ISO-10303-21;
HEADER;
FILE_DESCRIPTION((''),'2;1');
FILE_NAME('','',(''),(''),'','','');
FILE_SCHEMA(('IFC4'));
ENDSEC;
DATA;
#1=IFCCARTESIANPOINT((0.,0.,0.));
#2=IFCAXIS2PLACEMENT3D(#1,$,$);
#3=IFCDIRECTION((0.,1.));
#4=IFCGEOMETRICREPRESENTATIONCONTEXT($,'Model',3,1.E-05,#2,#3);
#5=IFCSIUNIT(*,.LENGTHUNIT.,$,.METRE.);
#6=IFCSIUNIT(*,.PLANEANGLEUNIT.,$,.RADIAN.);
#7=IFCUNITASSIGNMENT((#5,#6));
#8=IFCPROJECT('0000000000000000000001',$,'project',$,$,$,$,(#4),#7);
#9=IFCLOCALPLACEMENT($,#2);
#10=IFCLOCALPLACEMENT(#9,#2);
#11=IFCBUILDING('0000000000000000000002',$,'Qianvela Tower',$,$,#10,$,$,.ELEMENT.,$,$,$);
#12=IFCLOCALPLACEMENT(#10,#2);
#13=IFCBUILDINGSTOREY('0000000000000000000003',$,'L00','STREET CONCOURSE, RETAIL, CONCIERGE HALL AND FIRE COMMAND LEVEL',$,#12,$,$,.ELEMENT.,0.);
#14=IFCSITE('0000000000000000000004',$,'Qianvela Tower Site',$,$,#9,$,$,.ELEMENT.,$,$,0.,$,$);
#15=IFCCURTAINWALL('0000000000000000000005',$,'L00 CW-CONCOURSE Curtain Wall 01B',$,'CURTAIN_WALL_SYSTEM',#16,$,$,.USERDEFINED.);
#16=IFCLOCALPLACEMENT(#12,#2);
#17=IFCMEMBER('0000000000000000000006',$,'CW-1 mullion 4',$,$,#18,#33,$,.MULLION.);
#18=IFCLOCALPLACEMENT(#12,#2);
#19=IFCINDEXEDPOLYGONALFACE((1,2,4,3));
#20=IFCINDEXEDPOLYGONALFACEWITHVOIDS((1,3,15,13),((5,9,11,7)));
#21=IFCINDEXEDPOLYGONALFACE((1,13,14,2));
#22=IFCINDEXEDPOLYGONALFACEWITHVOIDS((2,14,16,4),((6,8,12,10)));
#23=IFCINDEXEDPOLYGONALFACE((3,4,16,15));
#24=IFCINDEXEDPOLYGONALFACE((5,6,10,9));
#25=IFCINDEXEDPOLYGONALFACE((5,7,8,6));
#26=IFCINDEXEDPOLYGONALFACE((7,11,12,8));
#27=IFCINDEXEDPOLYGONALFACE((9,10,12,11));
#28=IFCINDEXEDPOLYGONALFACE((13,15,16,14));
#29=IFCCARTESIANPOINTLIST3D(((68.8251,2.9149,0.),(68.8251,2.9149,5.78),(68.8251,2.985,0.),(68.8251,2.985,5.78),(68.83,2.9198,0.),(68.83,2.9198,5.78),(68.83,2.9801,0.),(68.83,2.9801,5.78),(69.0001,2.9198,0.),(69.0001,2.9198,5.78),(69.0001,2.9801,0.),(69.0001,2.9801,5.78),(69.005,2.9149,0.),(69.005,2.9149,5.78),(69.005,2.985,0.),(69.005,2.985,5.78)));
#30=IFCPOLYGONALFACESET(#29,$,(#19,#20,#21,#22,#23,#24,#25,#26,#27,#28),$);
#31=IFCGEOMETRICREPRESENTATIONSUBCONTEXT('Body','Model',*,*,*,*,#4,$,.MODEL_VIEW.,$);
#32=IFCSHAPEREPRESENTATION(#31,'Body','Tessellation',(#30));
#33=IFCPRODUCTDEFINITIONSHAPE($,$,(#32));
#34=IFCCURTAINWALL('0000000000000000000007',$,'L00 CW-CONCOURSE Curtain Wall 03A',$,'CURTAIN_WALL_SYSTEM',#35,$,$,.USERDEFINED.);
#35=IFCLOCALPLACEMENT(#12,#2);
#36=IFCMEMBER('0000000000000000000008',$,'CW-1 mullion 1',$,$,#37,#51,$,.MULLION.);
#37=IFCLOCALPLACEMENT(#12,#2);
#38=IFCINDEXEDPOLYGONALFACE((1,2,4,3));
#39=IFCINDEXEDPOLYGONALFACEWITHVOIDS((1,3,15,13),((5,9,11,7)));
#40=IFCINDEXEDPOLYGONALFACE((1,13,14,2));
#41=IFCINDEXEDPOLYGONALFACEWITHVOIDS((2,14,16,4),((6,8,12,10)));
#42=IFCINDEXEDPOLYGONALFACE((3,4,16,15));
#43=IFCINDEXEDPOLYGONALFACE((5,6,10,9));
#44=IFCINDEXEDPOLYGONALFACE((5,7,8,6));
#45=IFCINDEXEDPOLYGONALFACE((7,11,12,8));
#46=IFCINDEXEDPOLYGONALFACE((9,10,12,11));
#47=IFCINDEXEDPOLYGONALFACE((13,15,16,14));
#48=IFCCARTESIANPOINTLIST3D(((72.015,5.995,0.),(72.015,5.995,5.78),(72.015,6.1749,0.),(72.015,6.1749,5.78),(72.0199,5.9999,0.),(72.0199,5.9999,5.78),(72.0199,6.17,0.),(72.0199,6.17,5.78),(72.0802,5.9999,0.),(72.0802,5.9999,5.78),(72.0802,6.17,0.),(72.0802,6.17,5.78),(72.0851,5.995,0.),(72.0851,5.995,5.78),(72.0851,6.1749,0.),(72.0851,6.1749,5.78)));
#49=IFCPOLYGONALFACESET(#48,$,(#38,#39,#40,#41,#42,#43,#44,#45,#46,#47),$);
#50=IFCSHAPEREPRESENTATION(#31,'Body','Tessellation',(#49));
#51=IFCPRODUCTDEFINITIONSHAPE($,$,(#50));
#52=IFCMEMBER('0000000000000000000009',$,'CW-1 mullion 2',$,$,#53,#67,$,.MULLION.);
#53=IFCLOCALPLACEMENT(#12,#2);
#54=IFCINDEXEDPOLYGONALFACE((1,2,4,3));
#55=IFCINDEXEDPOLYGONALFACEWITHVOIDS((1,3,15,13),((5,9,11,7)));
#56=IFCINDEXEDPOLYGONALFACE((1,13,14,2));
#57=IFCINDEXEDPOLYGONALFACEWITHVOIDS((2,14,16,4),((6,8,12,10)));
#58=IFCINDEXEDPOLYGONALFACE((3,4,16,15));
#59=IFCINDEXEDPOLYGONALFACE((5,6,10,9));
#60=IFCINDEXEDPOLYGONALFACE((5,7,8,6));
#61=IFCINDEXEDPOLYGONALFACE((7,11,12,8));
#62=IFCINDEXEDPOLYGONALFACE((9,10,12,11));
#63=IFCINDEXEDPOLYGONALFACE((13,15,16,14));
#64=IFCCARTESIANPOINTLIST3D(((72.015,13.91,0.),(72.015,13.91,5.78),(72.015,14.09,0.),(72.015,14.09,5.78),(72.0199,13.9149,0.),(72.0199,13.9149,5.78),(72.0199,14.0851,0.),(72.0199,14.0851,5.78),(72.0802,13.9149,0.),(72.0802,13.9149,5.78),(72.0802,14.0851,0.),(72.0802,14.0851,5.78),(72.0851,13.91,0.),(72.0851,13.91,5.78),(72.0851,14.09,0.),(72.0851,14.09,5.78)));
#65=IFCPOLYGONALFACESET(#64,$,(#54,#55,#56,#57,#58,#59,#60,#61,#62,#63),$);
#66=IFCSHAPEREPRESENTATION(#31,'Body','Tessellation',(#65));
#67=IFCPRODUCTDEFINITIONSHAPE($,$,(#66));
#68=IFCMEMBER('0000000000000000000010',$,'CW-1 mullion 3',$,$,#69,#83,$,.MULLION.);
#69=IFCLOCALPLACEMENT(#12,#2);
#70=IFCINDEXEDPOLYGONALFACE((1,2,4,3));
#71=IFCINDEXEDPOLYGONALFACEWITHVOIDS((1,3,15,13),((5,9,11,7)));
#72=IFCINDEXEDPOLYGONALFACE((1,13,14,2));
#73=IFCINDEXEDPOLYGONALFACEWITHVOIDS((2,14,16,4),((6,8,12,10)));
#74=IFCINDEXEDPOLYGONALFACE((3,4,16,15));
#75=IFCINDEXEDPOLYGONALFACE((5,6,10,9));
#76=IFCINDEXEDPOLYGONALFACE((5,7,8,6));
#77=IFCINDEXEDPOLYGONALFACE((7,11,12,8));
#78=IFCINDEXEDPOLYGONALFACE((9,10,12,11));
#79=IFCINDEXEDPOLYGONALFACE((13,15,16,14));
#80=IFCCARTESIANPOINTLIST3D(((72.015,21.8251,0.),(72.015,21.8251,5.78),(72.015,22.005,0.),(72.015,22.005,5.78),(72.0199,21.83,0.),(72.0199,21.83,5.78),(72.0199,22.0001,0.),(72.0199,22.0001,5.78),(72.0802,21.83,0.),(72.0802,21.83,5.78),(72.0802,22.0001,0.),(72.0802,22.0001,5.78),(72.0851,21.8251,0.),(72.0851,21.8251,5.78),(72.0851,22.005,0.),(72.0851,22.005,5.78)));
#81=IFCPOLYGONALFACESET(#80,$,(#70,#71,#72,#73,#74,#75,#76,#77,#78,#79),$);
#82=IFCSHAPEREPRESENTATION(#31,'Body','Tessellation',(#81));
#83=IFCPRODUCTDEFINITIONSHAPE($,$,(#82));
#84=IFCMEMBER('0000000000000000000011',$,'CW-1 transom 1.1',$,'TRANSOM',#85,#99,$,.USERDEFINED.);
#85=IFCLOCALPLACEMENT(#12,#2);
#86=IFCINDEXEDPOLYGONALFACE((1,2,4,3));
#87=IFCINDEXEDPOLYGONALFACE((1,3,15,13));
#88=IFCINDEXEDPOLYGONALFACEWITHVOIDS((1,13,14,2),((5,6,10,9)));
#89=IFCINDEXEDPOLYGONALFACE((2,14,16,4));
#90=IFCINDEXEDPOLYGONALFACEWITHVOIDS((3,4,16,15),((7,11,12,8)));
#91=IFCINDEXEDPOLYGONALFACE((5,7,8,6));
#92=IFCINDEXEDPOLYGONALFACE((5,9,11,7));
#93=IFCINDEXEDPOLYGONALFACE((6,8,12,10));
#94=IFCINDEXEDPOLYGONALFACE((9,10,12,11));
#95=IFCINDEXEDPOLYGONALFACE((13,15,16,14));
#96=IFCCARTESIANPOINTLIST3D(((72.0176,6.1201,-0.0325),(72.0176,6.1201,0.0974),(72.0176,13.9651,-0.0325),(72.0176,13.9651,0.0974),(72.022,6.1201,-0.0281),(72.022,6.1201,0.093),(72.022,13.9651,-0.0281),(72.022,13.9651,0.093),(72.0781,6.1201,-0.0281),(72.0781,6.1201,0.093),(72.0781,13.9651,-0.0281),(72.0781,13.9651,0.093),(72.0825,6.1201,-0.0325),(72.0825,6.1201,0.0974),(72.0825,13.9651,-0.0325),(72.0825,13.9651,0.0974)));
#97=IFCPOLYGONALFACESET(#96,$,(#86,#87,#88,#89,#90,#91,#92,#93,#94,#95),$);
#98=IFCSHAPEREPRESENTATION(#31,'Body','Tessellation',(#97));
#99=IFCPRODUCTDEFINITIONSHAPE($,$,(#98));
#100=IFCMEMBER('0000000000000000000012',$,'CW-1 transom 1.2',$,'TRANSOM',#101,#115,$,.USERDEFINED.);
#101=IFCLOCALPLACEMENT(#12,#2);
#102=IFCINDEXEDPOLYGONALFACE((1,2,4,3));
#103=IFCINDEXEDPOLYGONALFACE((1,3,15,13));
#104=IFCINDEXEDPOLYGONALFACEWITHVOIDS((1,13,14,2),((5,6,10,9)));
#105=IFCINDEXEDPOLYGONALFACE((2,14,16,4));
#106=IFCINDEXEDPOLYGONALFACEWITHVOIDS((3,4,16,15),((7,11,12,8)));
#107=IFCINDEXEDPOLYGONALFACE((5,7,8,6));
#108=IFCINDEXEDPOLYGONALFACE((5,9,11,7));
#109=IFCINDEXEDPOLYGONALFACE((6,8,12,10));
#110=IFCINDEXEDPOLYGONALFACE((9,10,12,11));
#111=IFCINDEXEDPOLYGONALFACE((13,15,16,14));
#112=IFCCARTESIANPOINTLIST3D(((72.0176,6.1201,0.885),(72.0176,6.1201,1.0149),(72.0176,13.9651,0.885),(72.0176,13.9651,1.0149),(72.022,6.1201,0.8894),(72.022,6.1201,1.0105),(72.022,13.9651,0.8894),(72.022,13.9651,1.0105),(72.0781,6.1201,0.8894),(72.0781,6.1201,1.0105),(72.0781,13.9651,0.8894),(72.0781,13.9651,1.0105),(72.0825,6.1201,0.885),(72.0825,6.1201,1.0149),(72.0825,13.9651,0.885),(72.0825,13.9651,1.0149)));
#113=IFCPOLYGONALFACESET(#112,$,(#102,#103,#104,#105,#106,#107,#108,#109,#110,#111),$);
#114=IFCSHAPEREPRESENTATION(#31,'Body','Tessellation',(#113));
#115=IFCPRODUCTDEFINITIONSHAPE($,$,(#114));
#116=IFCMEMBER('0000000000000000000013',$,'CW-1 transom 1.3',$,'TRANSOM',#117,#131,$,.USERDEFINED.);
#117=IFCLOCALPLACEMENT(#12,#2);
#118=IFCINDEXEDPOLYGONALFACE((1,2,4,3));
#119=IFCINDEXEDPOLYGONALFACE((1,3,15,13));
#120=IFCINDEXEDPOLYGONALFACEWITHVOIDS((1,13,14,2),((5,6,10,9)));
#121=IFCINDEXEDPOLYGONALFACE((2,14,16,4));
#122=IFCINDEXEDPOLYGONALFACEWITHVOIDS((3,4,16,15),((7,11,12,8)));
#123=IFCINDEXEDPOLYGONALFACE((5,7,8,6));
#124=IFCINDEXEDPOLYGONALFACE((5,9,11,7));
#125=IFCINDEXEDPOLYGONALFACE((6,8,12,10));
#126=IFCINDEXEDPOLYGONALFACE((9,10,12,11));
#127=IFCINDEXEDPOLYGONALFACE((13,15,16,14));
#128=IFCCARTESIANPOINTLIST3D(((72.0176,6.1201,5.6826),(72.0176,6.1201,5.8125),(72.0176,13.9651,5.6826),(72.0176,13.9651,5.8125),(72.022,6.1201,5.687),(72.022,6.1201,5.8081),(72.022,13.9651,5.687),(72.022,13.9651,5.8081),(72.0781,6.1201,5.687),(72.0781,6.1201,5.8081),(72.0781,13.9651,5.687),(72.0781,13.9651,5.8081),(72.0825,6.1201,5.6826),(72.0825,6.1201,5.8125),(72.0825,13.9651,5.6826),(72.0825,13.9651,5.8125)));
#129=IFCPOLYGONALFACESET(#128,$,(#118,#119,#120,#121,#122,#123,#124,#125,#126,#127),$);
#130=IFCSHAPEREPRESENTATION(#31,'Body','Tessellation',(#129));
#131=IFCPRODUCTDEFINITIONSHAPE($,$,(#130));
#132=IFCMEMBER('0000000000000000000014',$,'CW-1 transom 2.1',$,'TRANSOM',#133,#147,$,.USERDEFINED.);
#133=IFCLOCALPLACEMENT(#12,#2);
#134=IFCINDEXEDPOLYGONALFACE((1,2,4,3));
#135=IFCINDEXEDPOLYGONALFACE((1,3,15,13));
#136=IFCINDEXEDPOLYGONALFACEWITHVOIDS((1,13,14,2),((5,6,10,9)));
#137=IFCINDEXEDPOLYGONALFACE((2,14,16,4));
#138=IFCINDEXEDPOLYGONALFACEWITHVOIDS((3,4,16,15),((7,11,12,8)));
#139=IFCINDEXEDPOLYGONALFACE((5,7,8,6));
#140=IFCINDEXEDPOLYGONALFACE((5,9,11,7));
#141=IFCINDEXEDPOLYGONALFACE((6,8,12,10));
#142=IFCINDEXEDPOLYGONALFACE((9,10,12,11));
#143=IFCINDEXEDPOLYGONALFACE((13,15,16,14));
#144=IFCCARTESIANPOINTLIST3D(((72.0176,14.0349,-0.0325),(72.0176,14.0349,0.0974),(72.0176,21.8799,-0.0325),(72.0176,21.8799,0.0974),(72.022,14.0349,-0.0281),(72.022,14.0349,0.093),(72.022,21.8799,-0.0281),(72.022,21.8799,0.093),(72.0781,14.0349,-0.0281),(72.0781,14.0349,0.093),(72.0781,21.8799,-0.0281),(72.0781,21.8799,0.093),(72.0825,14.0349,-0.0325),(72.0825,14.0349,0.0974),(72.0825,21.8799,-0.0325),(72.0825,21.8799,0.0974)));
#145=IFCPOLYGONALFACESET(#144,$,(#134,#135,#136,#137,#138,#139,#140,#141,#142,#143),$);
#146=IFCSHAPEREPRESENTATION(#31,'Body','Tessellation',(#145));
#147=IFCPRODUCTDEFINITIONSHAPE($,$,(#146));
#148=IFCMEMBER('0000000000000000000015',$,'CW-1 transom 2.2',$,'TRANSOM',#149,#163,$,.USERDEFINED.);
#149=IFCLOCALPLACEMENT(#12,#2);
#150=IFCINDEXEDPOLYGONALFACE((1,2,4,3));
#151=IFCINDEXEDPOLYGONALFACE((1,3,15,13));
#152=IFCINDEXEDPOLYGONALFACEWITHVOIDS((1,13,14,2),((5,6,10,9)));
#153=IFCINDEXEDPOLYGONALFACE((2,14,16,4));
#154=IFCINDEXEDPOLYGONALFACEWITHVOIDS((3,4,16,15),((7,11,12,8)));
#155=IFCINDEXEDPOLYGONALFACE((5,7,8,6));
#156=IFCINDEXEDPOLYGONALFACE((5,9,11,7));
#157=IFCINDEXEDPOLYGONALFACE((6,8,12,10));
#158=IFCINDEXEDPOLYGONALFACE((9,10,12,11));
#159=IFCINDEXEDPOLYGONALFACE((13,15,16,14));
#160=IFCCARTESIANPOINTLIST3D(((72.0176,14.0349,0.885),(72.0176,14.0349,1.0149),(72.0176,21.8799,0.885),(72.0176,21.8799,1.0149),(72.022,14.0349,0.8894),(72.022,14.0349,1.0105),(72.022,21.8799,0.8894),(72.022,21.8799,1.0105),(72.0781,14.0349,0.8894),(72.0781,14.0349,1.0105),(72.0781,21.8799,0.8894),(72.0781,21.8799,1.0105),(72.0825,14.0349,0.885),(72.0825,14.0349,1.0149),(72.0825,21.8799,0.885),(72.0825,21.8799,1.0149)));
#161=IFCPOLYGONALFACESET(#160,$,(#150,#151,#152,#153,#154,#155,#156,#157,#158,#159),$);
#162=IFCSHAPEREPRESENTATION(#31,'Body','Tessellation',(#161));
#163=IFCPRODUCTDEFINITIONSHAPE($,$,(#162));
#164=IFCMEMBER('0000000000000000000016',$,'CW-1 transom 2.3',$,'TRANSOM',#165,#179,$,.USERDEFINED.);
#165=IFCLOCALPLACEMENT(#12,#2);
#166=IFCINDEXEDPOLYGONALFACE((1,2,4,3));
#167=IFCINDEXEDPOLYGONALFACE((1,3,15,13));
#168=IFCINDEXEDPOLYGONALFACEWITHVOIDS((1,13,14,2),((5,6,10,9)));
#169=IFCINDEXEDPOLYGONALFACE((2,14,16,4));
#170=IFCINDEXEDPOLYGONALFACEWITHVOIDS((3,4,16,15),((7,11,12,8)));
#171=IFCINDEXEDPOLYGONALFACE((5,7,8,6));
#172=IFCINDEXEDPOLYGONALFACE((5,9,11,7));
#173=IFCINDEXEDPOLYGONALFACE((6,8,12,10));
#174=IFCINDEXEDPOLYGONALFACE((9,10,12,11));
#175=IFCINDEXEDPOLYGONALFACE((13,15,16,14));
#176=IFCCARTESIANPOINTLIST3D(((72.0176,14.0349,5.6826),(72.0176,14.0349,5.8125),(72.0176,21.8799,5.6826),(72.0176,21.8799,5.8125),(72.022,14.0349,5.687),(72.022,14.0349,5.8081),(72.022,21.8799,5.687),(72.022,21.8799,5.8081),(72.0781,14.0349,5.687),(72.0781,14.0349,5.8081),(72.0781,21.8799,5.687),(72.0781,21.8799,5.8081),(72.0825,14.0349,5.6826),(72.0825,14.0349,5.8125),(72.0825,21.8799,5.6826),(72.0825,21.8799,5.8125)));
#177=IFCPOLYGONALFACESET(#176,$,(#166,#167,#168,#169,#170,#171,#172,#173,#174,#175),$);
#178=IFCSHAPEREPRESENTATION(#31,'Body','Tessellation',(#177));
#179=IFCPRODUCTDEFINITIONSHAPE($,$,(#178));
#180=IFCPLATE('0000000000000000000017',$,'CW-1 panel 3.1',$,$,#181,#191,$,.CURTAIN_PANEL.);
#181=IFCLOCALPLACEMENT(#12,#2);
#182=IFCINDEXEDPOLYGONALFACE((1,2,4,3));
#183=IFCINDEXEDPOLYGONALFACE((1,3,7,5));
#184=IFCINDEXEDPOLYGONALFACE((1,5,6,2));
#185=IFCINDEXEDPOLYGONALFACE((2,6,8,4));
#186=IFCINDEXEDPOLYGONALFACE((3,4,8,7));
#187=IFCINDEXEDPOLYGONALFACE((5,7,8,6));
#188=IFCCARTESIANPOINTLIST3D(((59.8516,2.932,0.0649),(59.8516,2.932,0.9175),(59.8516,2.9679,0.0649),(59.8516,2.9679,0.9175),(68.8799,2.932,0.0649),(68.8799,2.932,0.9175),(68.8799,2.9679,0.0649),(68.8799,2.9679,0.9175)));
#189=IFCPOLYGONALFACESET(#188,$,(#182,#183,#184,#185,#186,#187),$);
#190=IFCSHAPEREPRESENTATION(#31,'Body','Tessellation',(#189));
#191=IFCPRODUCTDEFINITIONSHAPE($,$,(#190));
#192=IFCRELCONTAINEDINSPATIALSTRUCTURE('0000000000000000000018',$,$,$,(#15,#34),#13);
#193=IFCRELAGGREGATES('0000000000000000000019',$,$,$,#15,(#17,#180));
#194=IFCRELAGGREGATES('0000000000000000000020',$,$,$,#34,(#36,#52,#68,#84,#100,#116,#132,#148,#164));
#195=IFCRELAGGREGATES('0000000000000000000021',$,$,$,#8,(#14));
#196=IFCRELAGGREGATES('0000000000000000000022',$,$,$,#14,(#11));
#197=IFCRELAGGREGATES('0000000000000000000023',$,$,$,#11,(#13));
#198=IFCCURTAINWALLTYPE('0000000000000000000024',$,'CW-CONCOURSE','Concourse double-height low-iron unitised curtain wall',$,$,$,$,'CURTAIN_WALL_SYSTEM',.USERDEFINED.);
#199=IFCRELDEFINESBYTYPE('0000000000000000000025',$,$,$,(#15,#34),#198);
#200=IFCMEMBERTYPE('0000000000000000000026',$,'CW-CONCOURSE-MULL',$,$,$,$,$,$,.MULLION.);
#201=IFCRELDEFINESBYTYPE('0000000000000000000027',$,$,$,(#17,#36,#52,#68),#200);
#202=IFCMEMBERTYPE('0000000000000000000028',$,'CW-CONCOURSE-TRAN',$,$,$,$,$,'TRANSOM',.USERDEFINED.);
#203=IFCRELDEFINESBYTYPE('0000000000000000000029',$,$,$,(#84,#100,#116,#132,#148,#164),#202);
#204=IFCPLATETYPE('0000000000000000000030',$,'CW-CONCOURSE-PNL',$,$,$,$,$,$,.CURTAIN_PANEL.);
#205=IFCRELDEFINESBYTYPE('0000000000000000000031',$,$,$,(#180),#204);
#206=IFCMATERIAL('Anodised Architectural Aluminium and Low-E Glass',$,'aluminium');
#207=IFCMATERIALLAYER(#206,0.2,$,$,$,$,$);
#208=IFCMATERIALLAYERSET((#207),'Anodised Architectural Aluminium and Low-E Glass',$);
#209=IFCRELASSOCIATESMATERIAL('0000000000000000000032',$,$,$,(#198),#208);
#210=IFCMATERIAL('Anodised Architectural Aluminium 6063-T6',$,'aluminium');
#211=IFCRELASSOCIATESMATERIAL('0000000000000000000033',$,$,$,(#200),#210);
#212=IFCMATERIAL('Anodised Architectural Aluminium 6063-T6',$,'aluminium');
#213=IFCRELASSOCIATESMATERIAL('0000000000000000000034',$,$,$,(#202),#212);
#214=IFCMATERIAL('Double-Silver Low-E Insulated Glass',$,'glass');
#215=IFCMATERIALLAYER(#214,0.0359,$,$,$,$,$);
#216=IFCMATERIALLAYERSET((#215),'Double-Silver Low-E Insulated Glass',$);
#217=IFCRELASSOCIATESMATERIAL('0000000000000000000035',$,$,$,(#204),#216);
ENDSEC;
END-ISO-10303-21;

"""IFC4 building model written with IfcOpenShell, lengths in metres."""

from ifc_helpers import new_model, si_unit, direction, frame, origin, origin_2d, place, context, subcontext, project, spatial, rectangle, hollow_rectangle, extrude, material, layer, layer_set, material_profile, profile_set, type_object, element, aggregate, save


model = new_model("IFC4")

# Units and contexts
model_context = context("Model", 3, precision=1e-05, world=origin(), true_north=direction((0.0, 1.0)))
body_context = subcontext(model_context, "Body", "Model", "MODEL_VIEW")
ifc_project = project(units=[si_unit("LENGTHUNIT", "METRE"), si_unit("PLANEANGLEUNIT", "RADIAN")], contexts=[model_context])

# Site, building, storey
site_placement = place(None, origin())
site = spatial("IfcSite", under=ifc_project, at=site_placement, Name="Qianvela Tower Site", CompositionType="ELEMENT", RefElevation=0.0)
building_placement = place(site_placement, origin())
building = spatial("IfcBuilding", under=site, at=building_placement, Name="Qianvela Tower", CompositionType="ELEMENT")
storey_placement = place(building_placement, origin())
storey = spatial("IfcBuildingStorey", under=building, at=storey_placement, Name="L00", Description="STREET CONCOURSE, RETAIL, CONCIERGE HALL AND FIRE COMMAND LEVEL", CompositionType="ELEMENT", Elevation=0.0)

# Curtain wall, member
ifc_material_1 = material(Name="Anodised Architectural Aluminium and Low-E Glass", Category="aluminium")
ifc_layer_1 = layer(ifc_material_1, 0.2)
ifc_layer_set_1 = layer_set([ifc_layer_1], Name="Anodised Architectural Aluminium and Low-E Glass")
curtain_wall_type = type_object("IfcCurtainWallType", Name="CW-CONCOURSE", Description="Concourse double-height low-iron unitised curtain wall", ElementType="CURTAIN_WALL_SYSTEM", PredefinedType="USERDEFINED", material=ifc_layer_set_1)
curtain_wall_1_placement = place(storey_placement, origin())
curtain_wall_1 = element("IfcCurtainWall", 1, at=curtain_wall_1_placement, inside=storey, type_object=curtain_wall_type, Name="L00 CW-CONCOURSE Curtain Wall 01B", ObjectType="CURTAIN_WALL_SYSTEM", PredefinedType="USERDEFINED")
ifc_material_2 = material(Name="Anodised Architectural Aluminium 6063-T6", Category="aluminium")
ifc_material_profile_1 = material_profile(ifc_material_2, hollow_rectangle(XDim=0.0701, YDim=0.1799, WallThickness=0.0049, at=origin_2d()), Name="ALU-MULL-70x180")
ifc_profile_set_1 = profile_set([ifc_material_profile_1], Name="Anodised Architectural Aluminium 6063-T6")
member_type_1 = type_object("IfcMemberType", Name="CW-CONCOURSE-MULL", PredefinedType="MULLION", material=ifc_profile_set_1)
member_1_placement = place(storey_placement, frame((68.915, 2.95, 0.0), z_axis=(0.0, 0.0, 1.0), x_axis=(0.0, 1.0, 0.0)))
member_1 = element("IfcMember", 2, at=member_1_placement, type_object=member_type_1, Name="CW-1 mullion 4", PredefinedType="MULLION", context=body_context, shape_type="SweptSolid", body=[
    extrude(hollow_rectangle(XDim=0.0701, YDim=0.1799, WallThickness=0.0049, at=origin_2d()), origin(), (0.0, 0.0, 1.0), 5.78),
])

# Curtain wall, members
curtain_wall_2_placement = place(storey_placement, origin())
curtain_wall_2 = element("IfcCurtainWall", 3, at=curtain_wall_2_placement, inside=storey, type_object=curtain_wall_type, Name="L00 CW-CONCOURSE Curtain Wall 03A", ObjectType="CURTAIN_WALL_SYSTEM", PredefinedType="USERDEFINED")
member_2_placement = place(storey_placement, frame((72.05, 6.085, 0.0), z_axis=(0.0, 0.0, 1.0), x_axis=(-1.0, 0.0, 0.0)))
member_2 = element("IfcMember", 4, at=member_2_placement, type_object=member_type_1, Name="CW-1 mullion 1", PredefinedType="MULLION", context=body_context, shape_type="SweptSolid", body=[
    extrude(hollow_rectangle(XDim=0.0701, YDim=0.1799, WallThickness=0.0049, at=origin_2d()), origin(), (0.0, 0.0, 1.0), 5.78),
])
member_3_placement = place(storey_placement, frame((72.05, 14.0, 0.0), z_axis=(0.0, 0.0, 1.0), x_axis=(-1.0, 0.0, 0.0)))
member_3 = element("IfcMember", 5, at=member_3_placement, type_object=member_type_1, Name="CW-1 mullion 2", PredefinedType="MULLION", context=body_context, shape_type="SweptSolid", body=[
    extrude(hollow_rectangle(XDim=0.0701, YDim=0.1799, WallThickness=0.0049, at=origin_2d()), origin(), (0.0, 0.0, 1.0), 5.78),
])
member_4_placement = place(storey_placement, frame((72.05, 21.915, 0.0), z_axis=(0.0, 0.0, 1.0), x_axis=(-1.0, 0.0, 0.0)))
member_4 = element("IfcMember", 6, at=member_4_placement, type_object=member_type_1, Name="CW-1 mullion 3", PredefinedType="MULLION", context=body_context, shape_type="SweptSolid", body=[
    extrude(hollow_rectangle(XDim=0.0701, YDim=0.1799, WallThickness=0.0049, at=origin_2d()), origin(), (0.0, 0.0, 1.0), 5.78),
])
ifc_material_3 = material(Name="Anodised Architectural Aluminium 6063-T6", Category="aluminium")
ifc_material_profile_2 = material_profile(ifc_material_3, hollow_rectangle(XDim=0.0649, YDim=0.1299, WallThickness=0.0044, at=origin_2d()), Name="ALU-TRAN-65x130")
ifc_profile_set_2 = profile_set([ifc_material_profile_2], Name="Anodised Architectural Aluminium 6063-T6")
member_type_2 = type_object("IfcMemberType", Name="CW-CONCOURSE-TRAN", ElementType="TRANSOM", PredefinedType="USERDEFINED", material=ifc_profile_set_2)
member_5_placement = place(storey_placement, frame((72.05, 6.1201, 0.0325), z_axis=(0.0, 1.0, 0.0), x_axis=(-1.0, 0.0, 0.0)))
member_5 = element("IfcMember", 7, at=member_5_placement, type_object=member_type_2, Name="CW-1 transom 1.1", ObjectType="TRANSOM", PredefinedType="USERDEFINED", context=body_context, shape_type="SweptSolid", body=[
    extrude(hollow_rectangle(XDim=0.0649, YDim=0.1299, WallThickness=0.0044, at=origin_2d()), origin(), (0.0, 0.0, 1.0), 7.845),
])
member_6_placement = place(storey_placement, frame((72.05, 6.1201, 0.95), z_axis=(0.0, 1.0, 0.0), x_axis=(-1.0, 0.0, 0.0)))
member_6 = element("IfcMember", 8, at=member_6_placement, type_object=member_type_2, Name="CW-1 transom 1.2", ObjectType="TRANSOM", PredefinedType="USERDEFINED", context=body_context, shape_type="SweptSolid", body=[
    extrude(hollow_rectangle(XDim=0.0649, YDim=0.1299, WallThickness=0.0044, at=origin_2d()), origin(), (0.0, 0.0, 1.0), 7.845),
])
member_7_placement = place(storey_placement, frame((72.05, 6.1201, 5.7476), z_axis=(0.0, 1.0, 0.0), x_axis=(-1.0, 0.0, 0.0)))
member_7 = element("IfcMember", 9, at=member_7_placement, type_object=member_type_2, Name="CW-1 transom 1.3", ObjectType="TRANSOM", PredefinedType="USERDEFINED", context=body_context, shape_type="SweptSolid", body=[
    extrude(hollow_rectangle(XDim=0.0649, YDim=0.1299, WallThickness=0.0044, at=origin_2d()), origin(), (0.0, 0.0, 1.0), 7.845),
])
member_8_placement = place(storey_placement, frame((72.05, 14.0349, 0.0325), z_axis=(0.0, 1.0, 0.0), x_axis=(-1.0, 0.0, 0.0)))
member_8 = element("IfcMember", 10, at=member_8_placement, type_object=member_type_2, Name="CW-1 transom 2.1", ObjectType="TRANSOM", PredefinedType="USERDEFINED", context=body_context, shape_type="SweptSolid", body=[
    extrude(hollow_rectangle(XDim=0.0649, YDim=0.1299, WallThickness=0.0044, at=origin_2d()), origin(), (0.0, 0.0, 1.0), 7.845),
])
member_9_placement = place(storey_placement, frame((72.05, 14.0349, 0.95), z_axis=(0.0, 1.0, 0.0), x_axis=(-1.0, 0.0, 0.0)))
member_9 = element("IfcMember", 11, at=member_9_placement, type_object=member_type_2, Name="CW-1 transom 2.2", ObjectType="TRANSOM", PredefinedType="USERDEFINED", context=body_context, shape_type="SweptSolid", body=[
    extrude(hollow_rectangle(XDim=0.0649, YDim=0.1299, WallThickness=0.0044, at=origin_2d()), origin(), (0.0, 0.0, 1.0), 7.845),
])
member_10_placement = place(storey_placement, frame((72.05, 14.0349, 5.7476), z_axis=(0.0, 1.0, 0.0), x_axis=(-1.0, 0.0, 0.0)))
member_10 = element("IfcMember", 12, at=member_10_placement, type_object=member_type_2, Name="CW-1 transom 2.3", ObjectType="TRANSOM", PredefinedType="USERDEFINED", context=body_context, shape_type="SweptSolid", body=[
    extrude(hollow_rectangle(XDim=0.0649, YDim=0.1299, WallThickness=0.0044, at=origin_2d()), origin(), (0.0, 0.0, 1.0), 7.845),
])

# Plate
ifc_material_4 = material(Name="Double-Silver Low-E Insulated Glass", Category="glass")
ifc_layer_2 = layer(ifc_material_4, 0.0359)
ifc_layer_set_2 = layer_set([ifc_layer_2], Name="Double-Silver Low-E Insulated Glass")
plate_type = type_object("IfcPlateType", Name="CW-CONCOURSE-PNL", PredefinedType="CURTAIN_PANEL", material=ifc_layer_set_2)
plate_1_placement = place(storey_placement, frame((64.3657, 2.95, 0.0649), z_axis=(0.0, 0.0, 1.0), x_axis=(1.0, 0.0, 0.0)))
plate_1 = element("IfcPlate", 13, at=plate_1_placement, type_object=plate_type, Name="CW-1 panel 3.1", PredefinedType="CURTAIN_PANEL", context=body_context, shape_type="SweptSolid", body=[
    extrude(rectangle(XDim=9.0283, YDim=0.0359, at=origin_2d()), origin(), (0.0, 0.0, 1.0), 0.8525),
])
aggregate(curtain_wall_1, [member_1, plate_1])
aggregate(curtain_wall_2, [member_2, member_3, member_4, member_5, member_6, member_7, member_8, member_9, member_10])

save(model, "model.ifc")
